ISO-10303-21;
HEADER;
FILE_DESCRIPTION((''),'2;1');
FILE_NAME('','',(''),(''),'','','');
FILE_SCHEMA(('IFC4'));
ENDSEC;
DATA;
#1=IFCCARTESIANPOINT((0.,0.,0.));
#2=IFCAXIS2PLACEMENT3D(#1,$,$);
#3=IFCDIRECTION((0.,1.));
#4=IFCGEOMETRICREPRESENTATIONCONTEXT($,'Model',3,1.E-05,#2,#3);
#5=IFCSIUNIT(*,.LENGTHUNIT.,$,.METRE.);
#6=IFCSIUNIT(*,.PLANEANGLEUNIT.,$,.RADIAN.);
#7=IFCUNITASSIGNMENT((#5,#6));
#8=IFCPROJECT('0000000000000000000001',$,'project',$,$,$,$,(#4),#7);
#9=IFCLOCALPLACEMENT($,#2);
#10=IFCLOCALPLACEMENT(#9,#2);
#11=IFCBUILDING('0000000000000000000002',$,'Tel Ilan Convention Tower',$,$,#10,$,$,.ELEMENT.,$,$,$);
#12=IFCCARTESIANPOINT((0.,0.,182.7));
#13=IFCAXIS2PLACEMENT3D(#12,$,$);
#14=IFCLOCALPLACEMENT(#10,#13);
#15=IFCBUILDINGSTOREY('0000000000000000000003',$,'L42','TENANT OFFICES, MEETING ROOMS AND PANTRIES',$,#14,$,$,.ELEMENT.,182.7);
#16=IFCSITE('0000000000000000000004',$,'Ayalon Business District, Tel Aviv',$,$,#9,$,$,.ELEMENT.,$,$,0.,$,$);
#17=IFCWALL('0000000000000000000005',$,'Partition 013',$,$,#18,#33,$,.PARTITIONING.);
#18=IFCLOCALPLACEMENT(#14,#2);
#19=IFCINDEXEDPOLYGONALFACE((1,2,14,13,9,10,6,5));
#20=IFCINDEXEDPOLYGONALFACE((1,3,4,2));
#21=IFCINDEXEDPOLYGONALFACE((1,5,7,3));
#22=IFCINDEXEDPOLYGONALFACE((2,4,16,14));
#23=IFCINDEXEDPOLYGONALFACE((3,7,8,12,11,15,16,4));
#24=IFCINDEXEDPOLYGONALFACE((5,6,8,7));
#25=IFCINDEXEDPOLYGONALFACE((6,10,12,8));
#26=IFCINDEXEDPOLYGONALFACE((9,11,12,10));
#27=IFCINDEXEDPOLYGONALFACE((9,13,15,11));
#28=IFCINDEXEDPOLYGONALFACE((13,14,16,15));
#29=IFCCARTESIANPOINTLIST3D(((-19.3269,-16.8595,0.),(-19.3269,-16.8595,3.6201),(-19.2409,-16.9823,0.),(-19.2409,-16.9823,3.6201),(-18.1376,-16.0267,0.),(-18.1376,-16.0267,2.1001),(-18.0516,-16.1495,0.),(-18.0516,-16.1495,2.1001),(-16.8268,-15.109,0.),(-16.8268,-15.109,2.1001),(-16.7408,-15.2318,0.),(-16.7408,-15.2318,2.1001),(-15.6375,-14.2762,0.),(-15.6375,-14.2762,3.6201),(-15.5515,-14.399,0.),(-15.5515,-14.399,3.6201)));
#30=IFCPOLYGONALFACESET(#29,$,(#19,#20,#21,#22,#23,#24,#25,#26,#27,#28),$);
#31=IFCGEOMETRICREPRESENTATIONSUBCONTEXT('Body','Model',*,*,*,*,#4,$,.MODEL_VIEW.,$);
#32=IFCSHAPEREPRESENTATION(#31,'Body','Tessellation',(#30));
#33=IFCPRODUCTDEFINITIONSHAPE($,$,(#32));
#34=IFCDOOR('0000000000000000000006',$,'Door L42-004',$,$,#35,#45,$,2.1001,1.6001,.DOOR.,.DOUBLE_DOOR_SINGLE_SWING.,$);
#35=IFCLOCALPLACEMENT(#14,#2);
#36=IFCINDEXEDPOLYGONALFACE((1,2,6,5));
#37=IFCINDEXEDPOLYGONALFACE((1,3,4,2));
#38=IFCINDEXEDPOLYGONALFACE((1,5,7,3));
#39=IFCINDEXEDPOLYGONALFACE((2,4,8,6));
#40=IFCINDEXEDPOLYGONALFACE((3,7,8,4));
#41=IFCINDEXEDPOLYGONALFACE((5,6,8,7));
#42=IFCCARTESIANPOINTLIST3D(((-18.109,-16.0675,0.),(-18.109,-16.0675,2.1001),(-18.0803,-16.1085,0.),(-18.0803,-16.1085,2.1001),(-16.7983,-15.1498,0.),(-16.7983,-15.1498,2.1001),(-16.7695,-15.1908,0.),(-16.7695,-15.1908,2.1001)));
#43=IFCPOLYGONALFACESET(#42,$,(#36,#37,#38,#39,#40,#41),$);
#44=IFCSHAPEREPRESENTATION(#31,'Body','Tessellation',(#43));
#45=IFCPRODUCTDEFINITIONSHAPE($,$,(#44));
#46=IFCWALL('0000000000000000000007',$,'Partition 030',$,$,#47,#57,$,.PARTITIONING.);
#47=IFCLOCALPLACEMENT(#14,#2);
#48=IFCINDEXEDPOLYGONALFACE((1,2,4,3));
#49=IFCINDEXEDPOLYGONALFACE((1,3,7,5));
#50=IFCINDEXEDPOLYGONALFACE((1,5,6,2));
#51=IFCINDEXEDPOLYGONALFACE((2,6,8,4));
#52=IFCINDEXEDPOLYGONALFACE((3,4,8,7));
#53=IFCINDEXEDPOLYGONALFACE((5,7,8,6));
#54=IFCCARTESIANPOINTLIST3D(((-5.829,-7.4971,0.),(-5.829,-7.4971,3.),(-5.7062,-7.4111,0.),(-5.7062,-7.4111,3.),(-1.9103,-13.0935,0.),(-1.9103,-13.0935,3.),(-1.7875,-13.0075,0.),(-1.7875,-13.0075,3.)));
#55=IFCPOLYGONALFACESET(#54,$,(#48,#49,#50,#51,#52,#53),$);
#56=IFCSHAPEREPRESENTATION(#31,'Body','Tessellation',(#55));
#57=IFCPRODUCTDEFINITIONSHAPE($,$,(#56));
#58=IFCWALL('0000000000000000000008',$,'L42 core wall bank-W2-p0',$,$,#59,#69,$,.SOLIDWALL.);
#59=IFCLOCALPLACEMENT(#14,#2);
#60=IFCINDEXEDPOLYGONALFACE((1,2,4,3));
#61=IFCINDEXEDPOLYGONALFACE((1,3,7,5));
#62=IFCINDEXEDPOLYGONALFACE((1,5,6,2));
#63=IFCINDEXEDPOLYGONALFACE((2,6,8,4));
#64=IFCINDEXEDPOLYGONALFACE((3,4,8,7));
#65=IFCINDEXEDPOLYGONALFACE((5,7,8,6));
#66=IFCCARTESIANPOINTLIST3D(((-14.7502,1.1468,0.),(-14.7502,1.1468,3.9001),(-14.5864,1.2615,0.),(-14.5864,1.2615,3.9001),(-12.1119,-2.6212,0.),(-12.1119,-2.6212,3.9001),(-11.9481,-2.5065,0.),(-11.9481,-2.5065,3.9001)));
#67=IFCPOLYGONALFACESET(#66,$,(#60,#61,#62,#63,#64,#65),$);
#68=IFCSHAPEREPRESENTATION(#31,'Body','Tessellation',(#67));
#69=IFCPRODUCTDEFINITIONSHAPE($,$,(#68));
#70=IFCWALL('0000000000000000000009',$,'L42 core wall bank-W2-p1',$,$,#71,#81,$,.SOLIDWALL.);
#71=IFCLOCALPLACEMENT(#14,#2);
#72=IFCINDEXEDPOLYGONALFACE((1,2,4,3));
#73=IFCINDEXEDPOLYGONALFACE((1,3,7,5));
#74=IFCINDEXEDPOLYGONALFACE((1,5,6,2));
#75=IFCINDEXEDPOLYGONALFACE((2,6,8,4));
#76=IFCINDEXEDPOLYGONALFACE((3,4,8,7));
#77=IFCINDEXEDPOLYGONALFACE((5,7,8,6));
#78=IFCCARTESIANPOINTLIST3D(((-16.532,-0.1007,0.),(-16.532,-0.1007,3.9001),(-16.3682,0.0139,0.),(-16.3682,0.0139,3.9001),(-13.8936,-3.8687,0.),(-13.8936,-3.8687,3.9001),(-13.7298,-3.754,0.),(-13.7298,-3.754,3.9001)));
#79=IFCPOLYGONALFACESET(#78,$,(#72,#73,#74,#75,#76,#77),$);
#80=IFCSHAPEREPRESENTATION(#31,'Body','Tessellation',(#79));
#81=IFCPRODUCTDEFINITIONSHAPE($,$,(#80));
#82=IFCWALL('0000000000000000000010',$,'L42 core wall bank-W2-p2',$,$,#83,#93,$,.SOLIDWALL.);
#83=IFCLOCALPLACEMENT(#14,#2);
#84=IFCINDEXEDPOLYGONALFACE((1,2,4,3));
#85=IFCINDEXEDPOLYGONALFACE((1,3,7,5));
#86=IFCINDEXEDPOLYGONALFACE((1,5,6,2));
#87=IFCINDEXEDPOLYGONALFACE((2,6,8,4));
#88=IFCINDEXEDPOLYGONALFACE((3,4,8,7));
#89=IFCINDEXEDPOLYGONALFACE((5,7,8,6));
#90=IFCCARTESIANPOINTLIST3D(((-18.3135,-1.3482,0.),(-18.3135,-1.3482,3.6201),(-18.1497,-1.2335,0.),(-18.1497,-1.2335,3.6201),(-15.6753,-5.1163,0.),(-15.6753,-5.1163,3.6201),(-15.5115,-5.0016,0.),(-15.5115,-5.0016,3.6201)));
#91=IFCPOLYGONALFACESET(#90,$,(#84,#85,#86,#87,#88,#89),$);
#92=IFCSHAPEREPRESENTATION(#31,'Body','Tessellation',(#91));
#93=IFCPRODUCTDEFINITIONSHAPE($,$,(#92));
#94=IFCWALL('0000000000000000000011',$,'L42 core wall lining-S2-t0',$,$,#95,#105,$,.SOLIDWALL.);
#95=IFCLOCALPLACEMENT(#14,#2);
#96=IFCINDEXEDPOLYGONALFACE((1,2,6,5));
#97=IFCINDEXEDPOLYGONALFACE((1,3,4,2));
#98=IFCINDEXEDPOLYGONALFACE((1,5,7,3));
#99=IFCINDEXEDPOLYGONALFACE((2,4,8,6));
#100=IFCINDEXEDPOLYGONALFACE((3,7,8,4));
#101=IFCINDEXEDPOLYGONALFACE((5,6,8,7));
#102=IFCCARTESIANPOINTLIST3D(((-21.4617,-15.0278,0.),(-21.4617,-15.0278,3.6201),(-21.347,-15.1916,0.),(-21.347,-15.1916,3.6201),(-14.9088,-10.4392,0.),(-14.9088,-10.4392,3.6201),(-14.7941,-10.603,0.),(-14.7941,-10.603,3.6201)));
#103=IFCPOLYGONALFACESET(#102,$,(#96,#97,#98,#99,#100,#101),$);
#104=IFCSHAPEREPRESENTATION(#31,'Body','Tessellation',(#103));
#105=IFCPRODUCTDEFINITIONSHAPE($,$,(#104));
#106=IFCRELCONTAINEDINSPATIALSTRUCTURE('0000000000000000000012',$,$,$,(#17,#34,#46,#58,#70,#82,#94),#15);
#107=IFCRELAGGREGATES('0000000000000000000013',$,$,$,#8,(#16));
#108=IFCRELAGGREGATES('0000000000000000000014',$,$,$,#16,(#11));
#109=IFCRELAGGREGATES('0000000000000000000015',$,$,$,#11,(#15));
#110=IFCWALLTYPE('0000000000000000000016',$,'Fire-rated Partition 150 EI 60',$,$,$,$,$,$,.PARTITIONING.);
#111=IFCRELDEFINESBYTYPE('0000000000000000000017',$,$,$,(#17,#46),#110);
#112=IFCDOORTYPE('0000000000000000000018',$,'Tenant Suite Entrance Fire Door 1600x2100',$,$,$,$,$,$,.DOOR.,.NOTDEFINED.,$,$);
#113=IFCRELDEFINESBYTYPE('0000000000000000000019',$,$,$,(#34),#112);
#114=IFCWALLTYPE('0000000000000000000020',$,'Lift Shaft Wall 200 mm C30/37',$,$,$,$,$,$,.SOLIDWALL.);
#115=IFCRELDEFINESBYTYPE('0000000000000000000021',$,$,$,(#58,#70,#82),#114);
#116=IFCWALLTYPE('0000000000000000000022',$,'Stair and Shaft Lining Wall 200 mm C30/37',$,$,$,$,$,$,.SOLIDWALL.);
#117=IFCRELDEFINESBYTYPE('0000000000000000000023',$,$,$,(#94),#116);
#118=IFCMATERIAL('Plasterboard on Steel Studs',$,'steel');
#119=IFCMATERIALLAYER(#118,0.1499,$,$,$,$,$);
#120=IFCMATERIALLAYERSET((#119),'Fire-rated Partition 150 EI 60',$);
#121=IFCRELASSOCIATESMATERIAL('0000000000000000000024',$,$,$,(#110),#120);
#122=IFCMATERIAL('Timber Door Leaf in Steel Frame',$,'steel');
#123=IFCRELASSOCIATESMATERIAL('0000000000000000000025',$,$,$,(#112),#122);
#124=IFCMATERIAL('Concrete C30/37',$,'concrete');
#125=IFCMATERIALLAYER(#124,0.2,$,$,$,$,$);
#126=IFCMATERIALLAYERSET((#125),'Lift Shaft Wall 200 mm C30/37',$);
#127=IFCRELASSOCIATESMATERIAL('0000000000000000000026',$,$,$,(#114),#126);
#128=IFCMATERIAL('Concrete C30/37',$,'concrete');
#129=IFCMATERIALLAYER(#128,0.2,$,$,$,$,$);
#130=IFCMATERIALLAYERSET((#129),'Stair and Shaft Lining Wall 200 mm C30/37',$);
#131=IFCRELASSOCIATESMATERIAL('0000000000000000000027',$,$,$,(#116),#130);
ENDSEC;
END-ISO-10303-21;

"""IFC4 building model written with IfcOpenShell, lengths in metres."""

from ifc_helpers import new_model, si_unit, direction, frame, frame_2d, origin, place, context, subcontext, project, spatial, rectangle, extrude, material, layer, layer_set, type_object, element, fill, save


model = new_model("IFC4")

# Units and contexts
model_context = context("Model", 3, precision=1e-05, world=origin(), true_north=direction((0.0, 1.0)))
body_context = subcontext(model_context, "Body", "Model", "MODEL_VIEW")
ifc_project = project(units=[si_unit("LENGTHUNIT", "METRE"), si_unit("PLANEANGLEUNIT", "RADIAN")], contexts=[model_context])

# Site, building, storey
site_placement = place(None, origin())
site = spatial("IfcSite", under=ifc_project, at=site_placement, Name="Ayalon Business District, Tel Aviv", CompositionType="ELEMENT", RefElevation=0.0)
building_placement = place(site_placement, origin())
building = spatial("IfcBuilding", under=site, at=building_placement, Name="Tel Ilan Convention Tower", CompositionType="ELEMENT")
storey_placement = place(building_placement, frame((0.0, 0.0, 182.7)))
storey = spatial("IfcBuildingStorey", under=building, at=storey_placement, Name="L42", Description="TENANT OFFICES, MEETING ROOMS AND PANTRIES", CompositionType="ELEMENT", Elevation=182.7)

# Wall, opening, door
ifc_material_1 = material(Name="Plasterboard on Steel Studs", Category="steel")
ifc_layer_1 = layer(ifc_material_1, 0.1499)
ifc_layer_set_1 = layer_set([ifc_layer_1], Name="Fire-rated Partition 150 EI 60")
wall_type_1 = type_object("IfcWallType", Name="Fire-rated Partition 150 EI 60", PredefinedType="PARTITIONING", material=ifc_layer_set_1)
ifc_material_2 = material(Name="Timber Door Leaf in Steel Frame", Category="steel")
door_type_1 = type_object("IfcDoorType", Name="Tenant Suite Entrance Fire Door 1600x2100", OperationType="NOTDEFINED", PredefinedType="DOOR", material=ifc_material_2)
wall_1_placement = place(storey_placement, frame((-15.5945, -14.3376, 0.0), z_axis=(0.0, 0.0, 1.0), x_axis=(-0.819166, -0.573557, 0.0)))
wall_1 = element("IfcWall", 1, at=wall_1_placement, inside=storey, type_object=wall_type_1, Name="Partition 013", PredefinedType="PARTITIONING", context=body_context, shape_type="SweptSolid", body=[
    extrude(rectangle(XDim=4.5039, YDim=0.1499, at=frame_2d((2.252, 0.0))), origin(), (0.0, 0.0, 1.0), 3.6201),
])
opening_1_placement = place(wall_1_placement, frame((1.4519, 0.0, 0.0)))
opening_1 = element("IfcOpeningElement", 2, at=opening_1_placement, cuts=wall_1, PredefinedType="OPENING", context=body_context, shape_type="SweptSolid", body=[
    extrude(rectangle(XDim=1.6001, YDim=2.1001, at=frame_2d((0.8, 1.05))), frame((0.0, 0.085, 0.0), z_axis=(0.0, -1.0, 0.0), x_axis=(1.0, 0.0, 0.0)), (0.0, 0.0, 1.0), 0.1699),
])
door_1_placement = place(opening_1_placement, origin())
door_1 = element("IfcDoor", 3, at=door_1_placement, inside=storey, type_object=door_type_1, Name="Door L42-004", OperationType="DOUBLE_DOOR_SINGLE_SWING", OverallHeight=2.1001, OverallWidth=1.6001, PredefinedType="DOOR", context=body_context, shape_type="SweptSolid", body=[
    extrude(rectangle(XDim=1.6001, YDim=2.1001, at=frame_2d((0.8, 1.05))), frame((0.0, 0.0249, 0.0), z_axis=(0.0, -1.0, 0.0), x_axis=(1.0, 0.0, 0.0)), (0.0, 0.0, 1.0), 0.05),
])
fill(opening_1, door_1)

# Walls
wall_2_placement = place(storey_placement, frame((-1.8489, -13.0505, 0.0), z_axis=(0.0, 0.0, 1.0), x_axis=(-0.57358, 0.81915, 0.0)))
element("IfcWall", 4, at=wall_2_placement, inside=storey, type_object=wall_type_1, Name="Partition 030", PredefinedType="PARTITIONING", context=body_context, shape_type="SweptSolid", body=[
    extrude(rectangle(XDim=6.832, YDim=0.1499, at=frame_2d((3.416, 0.0))), origin(), (0.0, 0.0, 1.0), 3.0),
])
ifc_material_3 = material(Name="Concrete C30/37", Category="concrete")
ifc_layer_2 = layer(ifc_material_3, 0.2)
ifc_layer_set_2 = layer_set([ifc_layer_2], Name="Lift Shaft Wall 200 mm C30/37")
wall_type_2 = type_object("IfcWallType", Name="Lift Shaft Wall 200 mm C30/37", PredefinedType="SOLIDWALL", material=ifc_layer_set_2)
for number, where, z_axis, x_axis, name in (
    (5, (-12.03, -2.5637, 0.0), (0.0, 0.0, 1.0), (-0.573576, 0.819152, 0.0), "L42 core wall bank-W2-p0"),
    (6, (-13.8118, -3.8113, 0.0), (0.0, 0.0, 1.0), (-0.573576, 0.819152, 0.0), "L42 core wall bank-W2-p1"),
):
    element("IfcWall", number, at=place(storey_placement, frame(where, z_axis=z_axis, x_axis=x_axis)), inside=storey, type_object=wall_type_2, Name=name, PredefinedType="SOLIDWALL", context=body_context, shape_type="SweptSolid", body=[
        extrude(rectangle(XDim=4.5999, YDim=0.2, at=frame_2d((2.2998, 0.0))), origin(), (0.0, 0.0, 1.0), 3.9001),
    ])
wall_3_placement = place(storey_placement, frame((-15.5935, -5.0588, 0.0), z_axis=(0.0, 0.0, 1.0), x_axis=(-0.573541, 0.819177, 0.0)))
element("IfcWall", 7, at=wall_3_placement, inside=storey, type_object=wall_type_2, Name="L42 core wall bank-W2-p2", PredefinedType="SOLIDWALL", context=body_context, shape_type="SweptSolid", body=[
    extrude(rectangle(XDim=4.5999, YDim=0.2, at=frame_2d((2.2998, 0.0))), origin(), (0.0, 0.0, 1.0), 3.6201),
])
ifc_material_4 = material(Name="Concrete C30/37", Category="concrete")
ifc_layer_3 = layer(ifc_material_4, 0.2)
ifc_layer_set_3 = layer_set([ifc_layer_3], Name="Stair and Shaft Lining Wall 200 mm C30/37")
wall_type_3 = type_object("IfcWallType", Name="Stair and Shaft Lining Wall 200 mm C30/37", PredefinedType="SOLIDWALL", material=ifc_layer_set_3)
wall_4_placement = place(storey_placement, frame((-14.8513, -10.521, 0.0), z_axis=(0.0, 0.0, 1.0), x_axis=(-0.819142, -0.573591, 0.0)))
element("IfcWall", 8, at=wall_4_placement, inside=storey, type_object=wall_type_3, Name="L42 core wall lining-S2-t0", PredefinedType="SOLIDWALL", context=body_context, shape_type="SweptSolid", body=[
    extrude(rectangle(XDim=7.9998, YDim=0.2, at=frame_2d((4.0, 0.0))), origin(), (0.0, 0.0, 1.0), 3.6201),
])

save(model, "model.ifc")
